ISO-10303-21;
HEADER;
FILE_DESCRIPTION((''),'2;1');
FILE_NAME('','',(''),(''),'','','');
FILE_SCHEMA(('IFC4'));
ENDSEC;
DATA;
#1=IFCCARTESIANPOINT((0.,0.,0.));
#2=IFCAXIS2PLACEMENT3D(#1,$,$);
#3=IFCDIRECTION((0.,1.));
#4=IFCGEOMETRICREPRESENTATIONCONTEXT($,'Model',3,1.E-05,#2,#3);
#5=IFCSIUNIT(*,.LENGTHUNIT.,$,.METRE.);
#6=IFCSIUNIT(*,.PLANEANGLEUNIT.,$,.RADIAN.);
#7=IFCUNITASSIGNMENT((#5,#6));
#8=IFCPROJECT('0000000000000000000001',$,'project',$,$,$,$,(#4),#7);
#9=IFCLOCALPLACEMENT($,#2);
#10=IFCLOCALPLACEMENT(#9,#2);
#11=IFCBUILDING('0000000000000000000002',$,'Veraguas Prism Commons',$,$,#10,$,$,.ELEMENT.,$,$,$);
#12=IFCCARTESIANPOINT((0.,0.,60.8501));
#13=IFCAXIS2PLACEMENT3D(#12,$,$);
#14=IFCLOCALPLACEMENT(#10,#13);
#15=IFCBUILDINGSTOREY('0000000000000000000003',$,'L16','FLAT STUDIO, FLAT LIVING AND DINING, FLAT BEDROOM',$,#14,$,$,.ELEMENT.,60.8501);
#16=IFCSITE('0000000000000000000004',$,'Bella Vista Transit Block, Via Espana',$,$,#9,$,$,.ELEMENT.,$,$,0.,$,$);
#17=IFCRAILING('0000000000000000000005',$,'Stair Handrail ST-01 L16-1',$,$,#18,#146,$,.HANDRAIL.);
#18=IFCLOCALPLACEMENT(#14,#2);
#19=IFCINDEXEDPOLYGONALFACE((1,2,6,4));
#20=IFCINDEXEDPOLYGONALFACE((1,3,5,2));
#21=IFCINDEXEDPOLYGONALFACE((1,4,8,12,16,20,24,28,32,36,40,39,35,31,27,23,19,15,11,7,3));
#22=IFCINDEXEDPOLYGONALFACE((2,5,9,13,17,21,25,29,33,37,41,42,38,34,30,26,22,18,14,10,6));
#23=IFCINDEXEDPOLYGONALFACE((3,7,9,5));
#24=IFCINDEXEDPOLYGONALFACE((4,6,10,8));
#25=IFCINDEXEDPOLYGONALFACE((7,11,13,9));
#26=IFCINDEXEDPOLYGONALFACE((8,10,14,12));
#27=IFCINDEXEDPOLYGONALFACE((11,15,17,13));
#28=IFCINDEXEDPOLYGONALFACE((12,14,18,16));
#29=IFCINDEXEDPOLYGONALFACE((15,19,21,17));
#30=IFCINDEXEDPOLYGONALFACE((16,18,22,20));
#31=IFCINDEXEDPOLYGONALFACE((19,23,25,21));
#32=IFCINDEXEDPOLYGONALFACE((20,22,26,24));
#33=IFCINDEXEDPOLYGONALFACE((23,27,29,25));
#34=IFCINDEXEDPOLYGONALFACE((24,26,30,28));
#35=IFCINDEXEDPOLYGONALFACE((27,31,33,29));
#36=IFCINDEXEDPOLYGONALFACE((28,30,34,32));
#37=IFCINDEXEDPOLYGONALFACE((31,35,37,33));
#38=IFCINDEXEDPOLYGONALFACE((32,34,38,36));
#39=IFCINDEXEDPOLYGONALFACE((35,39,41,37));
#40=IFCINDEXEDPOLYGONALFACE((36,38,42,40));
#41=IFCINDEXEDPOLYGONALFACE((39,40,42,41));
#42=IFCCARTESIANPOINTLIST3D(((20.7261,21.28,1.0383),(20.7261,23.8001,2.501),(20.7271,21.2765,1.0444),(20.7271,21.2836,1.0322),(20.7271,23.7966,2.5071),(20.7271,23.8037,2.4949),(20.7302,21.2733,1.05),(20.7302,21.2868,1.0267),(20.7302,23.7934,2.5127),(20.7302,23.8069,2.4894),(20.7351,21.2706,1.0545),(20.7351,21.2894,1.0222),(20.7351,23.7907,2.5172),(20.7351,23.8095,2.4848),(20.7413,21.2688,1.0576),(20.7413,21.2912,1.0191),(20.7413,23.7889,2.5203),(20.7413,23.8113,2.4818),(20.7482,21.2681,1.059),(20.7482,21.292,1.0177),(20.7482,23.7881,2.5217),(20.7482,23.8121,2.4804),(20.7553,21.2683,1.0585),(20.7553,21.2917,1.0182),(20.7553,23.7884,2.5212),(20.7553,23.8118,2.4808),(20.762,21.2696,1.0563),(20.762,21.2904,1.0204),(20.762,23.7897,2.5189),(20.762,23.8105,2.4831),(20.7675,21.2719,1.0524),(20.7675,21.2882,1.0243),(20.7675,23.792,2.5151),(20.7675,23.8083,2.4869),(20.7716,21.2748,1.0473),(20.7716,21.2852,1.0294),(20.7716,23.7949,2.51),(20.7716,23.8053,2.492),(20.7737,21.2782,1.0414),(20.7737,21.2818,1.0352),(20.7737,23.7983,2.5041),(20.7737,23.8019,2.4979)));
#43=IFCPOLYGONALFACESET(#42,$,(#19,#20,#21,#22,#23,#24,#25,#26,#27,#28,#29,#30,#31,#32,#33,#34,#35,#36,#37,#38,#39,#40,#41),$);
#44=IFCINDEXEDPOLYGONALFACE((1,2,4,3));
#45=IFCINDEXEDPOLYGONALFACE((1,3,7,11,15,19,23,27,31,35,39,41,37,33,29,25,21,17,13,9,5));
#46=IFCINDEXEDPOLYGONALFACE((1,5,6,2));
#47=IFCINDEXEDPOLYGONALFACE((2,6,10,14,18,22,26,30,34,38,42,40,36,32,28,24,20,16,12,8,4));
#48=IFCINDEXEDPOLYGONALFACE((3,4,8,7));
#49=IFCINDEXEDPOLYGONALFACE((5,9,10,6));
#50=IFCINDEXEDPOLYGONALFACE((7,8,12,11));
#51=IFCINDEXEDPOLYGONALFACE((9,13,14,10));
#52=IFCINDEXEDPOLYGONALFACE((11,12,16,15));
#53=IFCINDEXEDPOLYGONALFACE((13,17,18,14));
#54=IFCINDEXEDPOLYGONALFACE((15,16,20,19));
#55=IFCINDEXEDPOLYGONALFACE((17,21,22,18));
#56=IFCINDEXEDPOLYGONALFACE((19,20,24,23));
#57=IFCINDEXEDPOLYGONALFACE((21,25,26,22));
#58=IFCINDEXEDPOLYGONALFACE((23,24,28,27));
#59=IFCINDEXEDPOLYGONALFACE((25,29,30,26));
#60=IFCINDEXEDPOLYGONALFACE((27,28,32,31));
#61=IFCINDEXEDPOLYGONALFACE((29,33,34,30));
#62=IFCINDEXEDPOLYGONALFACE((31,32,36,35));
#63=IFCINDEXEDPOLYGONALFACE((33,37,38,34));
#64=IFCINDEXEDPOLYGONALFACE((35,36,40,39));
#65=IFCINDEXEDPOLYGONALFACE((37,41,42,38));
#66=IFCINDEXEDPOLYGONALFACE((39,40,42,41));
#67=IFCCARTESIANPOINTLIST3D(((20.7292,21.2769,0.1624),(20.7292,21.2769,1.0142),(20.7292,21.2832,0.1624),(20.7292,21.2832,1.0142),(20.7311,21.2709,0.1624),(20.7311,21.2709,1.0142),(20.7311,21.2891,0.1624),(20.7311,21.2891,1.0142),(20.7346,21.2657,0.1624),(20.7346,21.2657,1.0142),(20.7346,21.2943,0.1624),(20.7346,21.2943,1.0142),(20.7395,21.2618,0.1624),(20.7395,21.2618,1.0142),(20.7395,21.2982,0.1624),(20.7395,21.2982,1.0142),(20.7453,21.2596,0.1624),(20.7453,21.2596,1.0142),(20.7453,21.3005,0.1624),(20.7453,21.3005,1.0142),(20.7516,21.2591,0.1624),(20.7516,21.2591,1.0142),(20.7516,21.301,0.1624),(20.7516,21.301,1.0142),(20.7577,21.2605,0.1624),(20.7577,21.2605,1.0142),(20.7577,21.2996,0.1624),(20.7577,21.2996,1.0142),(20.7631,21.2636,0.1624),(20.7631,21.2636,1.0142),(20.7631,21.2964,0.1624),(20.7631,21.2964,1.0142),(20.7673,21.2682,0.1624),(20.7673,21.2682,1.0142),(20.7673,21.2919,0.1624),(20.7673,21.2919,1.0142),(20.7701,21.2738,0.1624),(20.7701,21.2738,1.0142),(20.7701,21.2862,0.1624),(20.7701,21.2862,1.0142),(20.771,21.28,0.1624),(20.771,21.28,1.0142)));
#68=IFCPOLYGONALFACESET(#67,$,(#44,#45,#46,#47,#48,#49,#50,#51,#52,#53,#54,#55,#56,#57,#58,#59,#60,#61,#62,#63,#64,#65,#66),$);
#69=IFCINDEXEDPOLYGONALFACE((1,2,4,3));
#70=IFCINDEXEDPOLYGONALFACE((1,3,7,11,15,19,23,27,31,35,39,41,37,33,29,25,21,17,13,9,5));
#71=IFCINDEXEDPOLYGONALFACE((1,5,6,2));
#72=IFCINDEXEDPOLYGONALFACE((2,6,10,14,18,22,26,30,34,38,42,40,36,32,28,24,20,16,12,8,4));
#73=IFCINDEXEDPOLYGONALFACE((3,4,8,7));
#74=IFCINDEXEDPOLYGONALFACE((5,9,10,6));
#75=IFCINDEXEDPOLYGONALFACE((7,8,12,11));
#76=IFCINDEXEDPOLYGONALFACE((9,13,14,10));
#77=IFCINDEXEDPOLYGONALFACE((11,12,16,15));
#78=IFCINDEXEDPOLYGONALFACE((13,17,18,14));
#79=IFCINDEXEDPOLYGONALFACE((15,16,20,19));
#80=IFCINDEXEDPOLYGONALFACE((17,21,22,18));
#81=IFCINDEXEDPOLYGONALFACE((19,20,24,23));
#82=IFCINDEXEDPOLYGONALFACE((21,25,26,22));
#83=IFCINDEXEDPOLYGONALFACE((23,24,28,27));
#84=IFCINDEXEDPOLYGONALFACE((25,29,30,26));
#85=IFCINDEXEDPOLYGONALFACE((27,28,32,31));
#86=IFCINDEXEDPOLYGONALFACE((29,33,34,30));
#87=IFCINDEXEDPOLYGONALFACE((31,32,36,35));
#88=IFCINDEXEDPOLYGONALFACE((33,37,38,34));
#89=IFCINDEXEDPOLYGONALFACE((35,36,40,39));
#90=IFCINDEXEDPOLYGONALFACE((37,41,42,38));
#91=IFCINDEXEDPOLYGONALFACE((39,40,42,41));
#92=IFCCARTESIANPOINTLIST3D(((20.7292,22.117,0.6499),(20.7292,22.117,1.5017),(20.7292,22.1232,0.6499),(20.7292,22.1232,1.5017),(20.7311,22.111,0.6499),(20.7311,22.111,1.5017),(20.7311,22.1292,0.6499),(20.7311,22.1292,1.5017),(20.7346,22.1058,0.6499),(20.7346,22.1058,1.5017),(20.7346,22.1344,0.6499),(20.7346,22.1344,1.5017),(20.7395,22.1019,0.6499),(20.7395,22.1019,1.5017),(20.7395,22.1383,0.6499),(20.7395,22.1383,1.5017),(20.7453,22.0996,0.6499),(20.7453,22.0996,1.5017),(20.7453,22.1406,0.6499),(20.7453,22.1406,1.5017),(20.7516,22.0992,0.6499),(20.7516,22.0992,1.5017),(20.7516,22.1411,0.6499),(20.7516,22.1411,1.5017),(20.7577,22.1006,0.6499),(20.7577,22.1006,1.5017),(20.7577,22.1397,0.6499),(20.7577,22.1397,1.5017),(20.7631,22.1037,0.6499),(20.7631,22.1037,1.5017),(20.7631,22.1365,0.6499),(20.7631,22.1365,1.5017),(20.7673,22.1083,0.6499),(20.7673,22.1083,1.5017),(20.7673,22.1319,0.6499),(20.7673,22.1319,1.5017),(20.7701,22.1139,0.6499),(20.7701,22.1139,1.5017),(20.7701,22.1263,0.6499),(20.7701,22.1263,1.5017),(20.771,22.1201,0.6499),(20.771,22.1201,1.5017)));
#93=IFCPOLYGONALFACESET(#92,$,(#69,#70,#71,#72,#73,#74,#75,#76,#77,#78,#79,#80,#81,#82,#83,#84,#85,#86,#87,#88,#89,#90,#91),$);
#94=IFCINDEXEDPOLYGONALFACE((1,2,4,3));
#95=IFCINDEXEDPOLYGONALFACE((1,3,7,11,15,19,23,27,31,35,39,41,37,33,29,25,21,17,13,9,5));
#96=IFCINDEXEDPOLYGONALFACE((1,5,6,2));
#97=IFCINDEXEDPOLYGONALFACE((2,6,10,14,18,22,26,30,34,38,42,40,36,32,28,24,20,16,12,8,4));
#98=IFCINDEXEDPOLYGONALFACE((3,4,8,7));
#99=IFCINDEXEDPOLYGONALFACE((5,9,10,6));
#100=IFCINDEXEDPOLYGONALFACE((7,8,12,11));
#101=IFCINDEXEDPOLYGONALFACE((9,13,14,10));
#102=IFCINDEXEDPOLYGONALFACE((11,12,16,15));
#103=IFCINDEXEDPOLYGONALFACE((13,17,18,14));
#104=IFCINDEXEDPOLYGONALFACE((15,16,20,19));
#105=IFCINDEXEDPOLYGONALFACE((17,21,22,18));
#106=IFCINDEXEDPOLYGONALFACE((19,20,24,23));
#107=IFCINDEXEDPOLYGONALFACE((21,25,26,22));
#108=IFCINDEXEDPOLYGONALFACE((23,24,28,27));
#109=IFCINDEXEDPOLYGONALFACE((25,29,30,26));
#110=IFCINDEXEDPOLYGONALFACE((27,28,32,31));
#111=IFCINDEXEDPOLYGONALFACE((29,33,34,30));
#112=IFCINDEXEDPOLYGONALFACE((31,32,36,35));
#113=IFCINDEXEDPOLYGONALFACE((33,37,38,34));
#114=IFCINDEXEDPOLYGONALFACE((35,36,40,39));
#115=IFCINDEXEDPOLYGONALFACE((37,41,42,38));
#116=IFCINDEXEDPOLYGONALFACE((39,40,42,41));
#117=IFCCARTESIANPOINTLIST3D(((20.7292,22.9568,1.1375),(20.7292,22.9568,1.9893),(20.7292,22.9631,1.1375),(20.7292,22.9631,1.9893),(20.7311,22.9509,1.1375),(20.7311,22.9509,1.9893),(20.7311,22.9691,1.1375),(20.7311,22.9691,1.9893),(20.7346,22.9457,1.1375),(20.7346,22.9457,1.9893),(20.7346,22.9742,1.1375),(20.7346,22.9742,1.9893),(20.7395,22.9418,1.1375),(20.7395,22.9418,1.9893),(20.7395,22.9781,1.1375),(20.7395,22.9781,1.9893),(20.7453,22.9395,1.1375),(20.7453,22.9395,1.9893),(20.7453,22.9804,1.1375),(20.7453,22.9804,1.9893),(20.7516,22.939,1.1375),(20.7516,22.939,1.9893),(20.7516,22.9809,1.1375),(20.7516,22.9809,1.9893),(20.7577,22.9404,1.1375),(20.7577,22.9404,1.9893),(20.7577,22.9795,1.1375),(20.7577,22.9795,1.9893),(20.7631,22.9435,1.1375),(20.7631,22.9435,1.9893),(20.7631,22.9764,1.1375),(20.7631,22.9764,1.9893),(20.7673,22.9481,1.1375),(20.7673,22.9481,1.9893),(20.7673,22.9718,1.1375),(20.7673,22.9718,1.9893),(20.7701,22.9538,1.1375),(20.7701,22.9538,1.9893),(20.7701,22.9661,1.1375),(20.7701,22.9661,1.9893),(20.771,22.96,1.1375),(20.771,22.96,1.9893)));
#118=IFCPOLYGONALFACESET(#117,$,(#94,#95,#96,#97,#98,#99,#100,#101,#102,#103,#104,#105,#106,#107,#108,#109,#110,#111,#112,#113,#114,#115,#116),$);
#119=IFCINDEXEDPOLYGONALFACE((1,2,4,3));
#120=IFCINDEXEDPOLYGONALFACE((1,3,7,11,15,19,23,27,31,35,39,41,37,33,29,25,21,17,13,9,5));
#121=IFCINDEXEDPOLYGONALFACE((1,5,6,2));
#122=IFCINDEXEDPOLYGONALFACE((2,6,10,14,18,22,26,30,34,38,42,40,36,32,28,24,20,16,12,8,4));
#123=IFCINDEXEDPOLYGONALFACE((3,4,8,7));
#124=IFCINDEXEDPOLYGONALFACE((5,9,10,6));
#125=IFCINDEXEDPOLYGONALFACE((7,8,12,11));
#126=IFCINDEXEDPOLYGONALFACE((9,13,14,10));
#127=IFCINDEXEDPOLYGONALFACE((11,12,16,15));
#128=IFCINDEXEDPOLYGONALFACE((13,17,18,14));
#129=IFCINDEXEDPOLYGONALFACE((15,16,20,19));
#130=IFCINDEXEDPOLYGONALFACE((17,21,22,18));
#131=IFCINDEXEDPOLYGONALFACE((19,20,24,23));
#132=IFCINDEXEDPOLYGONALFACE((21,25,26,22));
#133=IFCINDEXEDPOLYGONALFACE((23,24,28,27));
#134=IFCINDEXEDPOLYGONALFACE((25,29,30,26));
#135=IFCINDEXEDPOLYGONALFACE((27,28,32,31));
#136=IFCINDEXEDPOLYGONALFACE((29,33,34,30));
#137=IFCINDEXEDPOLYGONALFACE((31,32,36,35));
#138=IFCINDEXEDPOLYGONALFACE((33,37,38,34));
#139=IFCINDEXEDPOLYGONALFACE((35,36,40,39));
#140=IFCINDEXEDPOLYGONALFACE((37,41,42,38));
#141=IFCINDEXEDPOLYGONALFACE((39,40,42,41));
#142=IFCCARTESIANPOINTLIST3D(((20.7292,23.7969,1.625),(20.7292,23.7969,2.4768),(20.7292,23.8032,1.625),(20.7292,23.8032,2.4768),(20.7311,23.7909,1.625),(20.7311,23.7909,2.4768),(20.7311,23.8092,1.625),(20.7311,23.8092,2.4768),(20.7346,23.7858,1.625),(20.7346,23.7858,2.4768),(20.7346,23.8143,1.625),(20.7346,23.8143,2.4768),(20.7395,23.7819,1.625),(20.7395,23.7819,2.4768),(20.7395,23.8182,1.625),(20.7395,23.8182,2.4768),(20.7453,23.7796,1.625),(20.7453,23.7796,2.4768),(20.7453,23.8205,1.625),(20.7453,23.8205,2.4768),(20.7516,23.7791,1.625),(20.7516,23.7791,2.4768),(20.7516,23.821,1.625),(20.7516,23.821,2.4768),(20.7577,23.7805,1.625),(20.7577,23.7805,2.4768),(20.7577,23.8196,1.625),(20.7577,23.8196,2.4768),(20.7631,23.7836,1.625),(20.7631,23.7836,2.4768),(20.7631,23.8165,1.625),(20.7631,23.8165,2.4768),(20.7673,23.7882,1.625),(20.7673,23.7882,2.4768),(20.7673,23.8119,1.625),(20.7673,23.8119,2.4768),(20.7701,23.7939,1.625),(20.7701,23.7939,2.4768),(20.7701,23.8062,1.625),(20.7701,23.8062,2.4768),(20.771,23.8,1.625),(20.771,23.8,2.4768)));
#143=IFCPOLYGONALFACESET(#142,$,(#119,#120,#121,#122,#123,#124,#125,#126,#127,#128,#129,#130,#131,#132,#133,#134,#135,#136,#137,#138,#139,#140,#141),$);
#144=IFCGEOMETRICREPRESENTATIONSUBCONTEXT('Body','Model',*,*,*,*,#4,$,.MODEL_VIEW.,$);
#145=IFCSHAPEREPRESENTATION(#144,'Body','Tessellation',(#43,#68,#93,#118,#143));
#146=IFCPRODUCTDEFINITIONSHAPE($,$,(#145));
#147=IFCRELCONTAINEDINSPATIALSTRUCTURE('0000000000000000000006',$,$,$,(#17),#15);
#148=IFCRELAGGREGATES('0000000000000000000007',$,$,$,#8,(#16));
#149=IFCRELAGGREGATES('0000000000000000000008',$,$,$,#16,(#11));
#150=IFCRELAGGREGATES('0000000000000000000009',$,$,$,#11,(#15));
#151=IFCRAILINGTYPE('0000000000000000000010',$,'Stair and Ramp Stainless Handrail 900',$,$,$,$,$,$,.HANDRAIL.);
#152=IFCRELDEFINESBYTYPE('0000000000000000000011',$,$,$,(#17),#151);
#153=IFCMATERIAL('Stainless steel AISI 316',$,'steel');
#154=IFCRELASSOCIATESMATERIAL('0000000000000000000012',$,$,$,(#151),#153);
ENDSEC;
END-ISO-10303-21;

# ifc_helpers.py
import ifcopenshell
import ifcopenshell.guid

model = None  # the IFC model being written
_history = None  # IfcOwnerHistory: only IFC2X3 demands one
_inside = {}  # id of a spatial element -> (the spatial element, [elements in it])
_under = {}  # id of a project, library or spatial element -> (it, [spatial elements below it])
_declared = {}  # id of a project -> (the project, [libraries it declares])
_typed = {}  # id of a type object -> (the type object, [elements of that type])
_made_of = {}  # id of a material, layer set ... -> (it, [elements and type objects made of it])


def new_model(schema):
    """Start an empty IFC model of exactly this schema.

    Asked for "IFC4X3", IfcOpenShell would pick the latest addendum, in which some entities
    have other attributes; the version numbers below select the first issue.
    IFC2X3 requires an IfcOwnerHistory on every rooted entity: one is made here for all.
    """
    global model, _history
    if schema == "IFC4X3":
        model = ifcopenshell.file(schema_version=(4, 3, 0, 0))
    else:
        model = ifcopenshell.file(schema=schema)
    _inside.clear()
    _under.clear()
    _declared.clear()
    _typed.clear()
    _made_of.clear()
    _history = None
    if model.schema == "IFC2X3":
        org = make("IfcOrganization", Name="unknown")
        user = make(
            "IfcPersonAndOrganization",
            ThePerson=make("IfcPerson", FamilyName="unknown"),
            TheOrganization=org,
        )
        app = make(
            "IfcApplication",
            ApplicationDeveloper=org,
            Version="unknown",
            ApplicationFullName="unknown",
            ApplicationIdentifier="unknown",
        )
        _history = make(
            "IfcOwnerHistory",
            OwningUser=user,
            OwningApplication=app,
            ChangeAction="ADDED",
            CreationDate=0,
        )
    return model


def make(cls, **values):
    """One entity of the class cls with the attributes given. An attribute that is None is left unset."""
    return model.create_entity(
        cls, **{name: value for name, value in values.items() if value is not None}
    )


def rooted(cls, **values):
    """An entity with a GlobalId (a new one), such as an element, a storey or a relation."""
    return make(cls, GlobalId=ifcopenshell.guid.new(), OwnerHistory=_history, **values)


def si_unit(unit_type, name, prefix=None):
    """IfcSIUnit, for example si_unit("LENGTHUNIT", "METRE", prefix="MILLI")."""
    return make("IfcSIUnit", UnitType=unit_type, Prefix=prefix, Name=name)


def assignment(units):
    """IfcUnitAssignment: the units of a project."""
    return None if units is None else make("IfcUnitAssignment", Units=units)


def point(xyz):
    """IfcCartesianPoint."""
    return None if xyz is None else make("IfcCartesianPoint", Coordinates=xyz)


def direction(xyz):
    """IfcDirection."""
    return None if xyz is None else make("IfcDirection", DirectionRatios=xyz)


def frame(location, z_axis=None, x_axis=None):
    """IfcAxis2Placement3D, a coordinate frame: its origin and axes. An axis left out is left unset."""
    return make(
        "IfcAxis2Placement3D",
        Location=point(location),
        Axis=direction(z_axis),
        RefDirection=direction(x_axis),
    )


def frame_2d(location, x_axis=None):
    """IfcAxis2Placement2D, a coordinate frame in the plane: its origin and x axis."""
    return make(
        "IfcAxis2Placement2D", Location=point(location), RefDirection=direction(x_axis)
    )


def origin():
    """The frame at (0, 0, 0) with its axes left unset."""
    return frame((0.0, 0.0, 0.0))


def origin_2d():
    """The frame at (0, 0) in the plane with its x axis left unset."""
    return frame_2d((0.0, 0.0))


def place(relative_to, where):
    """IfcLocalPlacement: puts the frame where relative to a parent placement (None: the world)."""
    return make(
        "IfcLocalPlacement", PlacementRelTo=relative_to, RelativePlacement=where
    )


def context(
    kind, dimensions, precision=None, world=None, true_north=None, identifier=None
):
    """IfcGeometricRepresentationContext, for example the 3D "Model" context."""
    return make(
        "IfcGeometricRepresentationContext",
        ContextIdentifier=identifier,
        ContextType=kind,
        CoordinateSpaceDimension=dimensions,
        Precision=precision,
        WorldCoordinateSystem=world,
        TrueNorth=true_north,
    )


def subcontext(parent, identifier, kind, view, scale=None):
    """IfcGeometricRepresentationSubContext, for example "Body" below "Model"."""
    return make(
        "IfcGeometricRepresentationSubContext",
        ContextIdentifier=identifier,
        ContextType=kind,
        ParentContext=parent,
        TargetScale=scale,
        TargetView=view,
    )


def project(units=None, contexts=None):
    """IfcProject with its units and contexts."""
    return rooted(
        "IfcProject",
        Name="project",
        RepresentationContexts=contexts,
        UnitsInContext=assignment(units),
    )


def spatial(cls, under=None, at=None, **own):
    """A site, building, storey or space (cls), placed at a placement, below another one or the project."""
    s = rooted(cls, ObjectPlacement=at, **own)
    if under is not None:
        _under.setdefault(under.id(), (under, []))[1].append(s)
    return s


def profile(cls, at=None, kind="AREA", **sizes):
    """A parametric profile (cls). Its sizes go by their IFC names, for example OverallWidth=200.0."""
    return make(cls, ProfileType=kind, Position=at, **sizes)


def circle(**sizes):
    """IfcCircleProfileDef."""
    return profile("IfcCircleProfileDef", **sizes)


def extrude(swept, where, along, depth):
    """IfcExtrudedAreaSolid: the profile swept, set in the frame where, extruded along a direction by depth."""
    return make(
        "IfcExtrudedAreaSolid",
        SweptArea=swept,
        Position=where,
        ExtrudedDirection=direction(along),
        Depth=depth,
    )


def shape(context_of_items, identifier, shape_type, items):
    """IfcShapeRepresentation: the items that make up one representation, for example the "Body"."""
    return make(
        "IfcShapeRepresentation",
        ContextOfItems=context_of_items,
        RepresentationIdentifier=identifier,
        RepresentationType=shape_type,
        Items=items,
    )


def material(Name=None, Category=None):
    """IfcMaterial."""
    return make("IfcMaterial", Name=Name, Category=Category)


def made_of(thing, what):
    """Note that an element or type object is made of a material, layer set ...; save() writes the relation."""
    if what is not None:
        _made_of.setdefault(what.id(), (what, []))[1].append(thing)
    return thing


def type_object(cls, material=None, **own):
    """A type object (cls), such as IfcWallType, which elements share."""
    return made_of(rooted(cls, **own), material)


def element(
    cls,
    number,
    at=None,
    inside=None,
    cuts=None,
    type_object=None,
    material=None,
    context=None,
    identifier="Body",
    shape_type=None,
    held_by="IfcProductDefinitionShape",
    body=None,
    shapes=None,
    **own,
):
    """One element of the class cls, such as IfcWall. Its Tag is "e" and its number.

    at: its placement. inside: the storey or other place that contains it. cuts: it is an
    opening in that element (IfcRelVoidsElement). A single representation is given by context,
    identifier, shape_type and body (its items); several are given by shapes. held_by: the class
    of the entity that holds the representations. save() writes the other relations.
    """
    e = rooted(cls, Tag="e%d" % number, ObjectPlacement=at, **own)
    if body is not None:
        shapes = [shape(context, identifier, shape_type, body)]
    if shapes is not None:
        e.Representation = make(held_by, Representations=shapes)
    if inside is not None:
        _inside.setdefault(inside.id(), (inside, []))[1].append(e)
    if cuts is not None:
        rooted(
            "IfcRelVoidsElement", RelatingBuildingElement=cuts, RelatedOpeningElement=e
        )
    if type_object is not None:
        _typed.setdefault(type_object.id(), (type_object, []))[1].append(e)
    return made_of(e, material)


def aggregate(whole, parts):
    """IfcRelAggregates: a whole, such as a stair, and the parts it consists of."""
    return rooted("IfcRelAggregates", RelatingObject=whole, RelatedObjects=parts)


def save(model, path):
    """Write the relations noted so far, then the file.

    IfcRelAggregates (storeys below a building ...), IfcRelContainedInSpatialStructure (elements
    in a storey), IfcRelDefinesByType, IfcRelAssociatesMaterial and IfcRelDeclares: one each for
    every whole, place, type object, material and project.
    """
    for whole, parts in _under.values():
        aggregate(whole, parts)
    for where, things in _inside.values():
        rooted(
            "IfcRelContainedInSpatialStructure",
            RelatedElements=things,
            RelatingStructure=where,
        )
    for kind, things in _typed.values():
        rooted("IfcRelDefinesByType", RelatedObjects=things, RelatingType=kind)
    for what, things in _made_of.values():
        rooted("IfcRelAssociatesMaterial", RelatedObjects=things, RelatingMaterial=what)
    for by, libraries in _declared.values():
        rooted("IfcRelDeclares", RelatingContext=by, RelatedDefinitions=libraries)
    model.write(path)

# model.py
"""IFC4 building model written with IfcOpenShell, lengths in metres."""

from ifc_helpers import new_model, si_unit, direction, frame, origin, origin_2d, place, context, subcontext, project, spatial, circle, extrude, material, type_object, element, save


model = new_model("IFC4")

# Units and contexts
model_context = context("Model", 3, precision=1e-05, world=origin(), true_north=direction((0.0, 1.0)))
body_context = subcontext(model_context, "Body", "Model", "MODEL_VIEW")
ifc_project = project(units=[si_unit("LENGTHUNIT", "METRE"), si_unit("PLANEANGLEUNIT", "RADIAN")], contexts=[model_context])

# Site, building, storey
site_placement = place(None, origin())
site = spatial("IfcSite", under=ifc_project, at=site_placement, Name="Bella Vista Transit Block, Via Espana", CompositionType="ELEMENT", RefElevation=0.0)
building_placement = place(site_placement, origin())
building = spatial("IfcBuilding", under=site, at=building_placement, Name="Veraguas Prism Commons", CompositionType="ELEMENT")
storey_placement = place(building_placement, frame((0.0, 0.0, 60.8501)))
storey = spatial("IfcBuildingStorey", under=building, at=storey_placement, Name="L16", Description="FLAT STUDIO, FLAT LIVING AND DINING, FLAT BEDROOM", CompositionType="ELEMENT", Elevation=60.8501)

# Railing
ifc_material_1 = material(Name="Stainless steel AISI 316", Category="steel")
railing_type_1 = type_object("IfcRailingType", Name="Stair and Ramp Stainless Handrail 900", PredefinedType="HANDRAIL", material=ifc_material_1)
railing_1_placement = place(storey_placement, frame((20.75, 21.28, 0.1624)))
element("IfcRailing", 1, at=railing_1_placement, inside=storey, type_object=railing_type_1, Name="Stair Handrail ST-01 L16-1", PredefinedType="HANDRAIL", context=body_context, shape_type="SweptSolid", body=[
    extrude(circle(Radius=0.0239, at=origin_2d()), frame((0.0, 0.0, 0.876), z_axis=(0.0, 0.864877, 0.501984), x_axis=(-1.0, 0.0, 0.0)), (0.0, 0.0, 1.0), 2.9138),
    extrude(circle(Radius=0.021, at=origin_2d()), origin(), (0.0, 0.0, 1.0), 0.8518),
    extrude(circle(Radius=0.021, at=origin_2d()), frame((0.0, 0.8401, 0.4875)), (0.0, 0.0, 1.0), 0.8518),
    extrude(circle(Radius=0.021, at=origin_2d()), frame((0.0, 1.6799, 0.9751)), (0.0, 0.0, 1.0), 0.8518),
    extrude(circle(Radius=0.021, at=origin_2d()), frame((0.0, 2.52, 1.4626)), (0.0, 0.0, 1.0), 0.8518),
])

save(model, "model.ifc")
